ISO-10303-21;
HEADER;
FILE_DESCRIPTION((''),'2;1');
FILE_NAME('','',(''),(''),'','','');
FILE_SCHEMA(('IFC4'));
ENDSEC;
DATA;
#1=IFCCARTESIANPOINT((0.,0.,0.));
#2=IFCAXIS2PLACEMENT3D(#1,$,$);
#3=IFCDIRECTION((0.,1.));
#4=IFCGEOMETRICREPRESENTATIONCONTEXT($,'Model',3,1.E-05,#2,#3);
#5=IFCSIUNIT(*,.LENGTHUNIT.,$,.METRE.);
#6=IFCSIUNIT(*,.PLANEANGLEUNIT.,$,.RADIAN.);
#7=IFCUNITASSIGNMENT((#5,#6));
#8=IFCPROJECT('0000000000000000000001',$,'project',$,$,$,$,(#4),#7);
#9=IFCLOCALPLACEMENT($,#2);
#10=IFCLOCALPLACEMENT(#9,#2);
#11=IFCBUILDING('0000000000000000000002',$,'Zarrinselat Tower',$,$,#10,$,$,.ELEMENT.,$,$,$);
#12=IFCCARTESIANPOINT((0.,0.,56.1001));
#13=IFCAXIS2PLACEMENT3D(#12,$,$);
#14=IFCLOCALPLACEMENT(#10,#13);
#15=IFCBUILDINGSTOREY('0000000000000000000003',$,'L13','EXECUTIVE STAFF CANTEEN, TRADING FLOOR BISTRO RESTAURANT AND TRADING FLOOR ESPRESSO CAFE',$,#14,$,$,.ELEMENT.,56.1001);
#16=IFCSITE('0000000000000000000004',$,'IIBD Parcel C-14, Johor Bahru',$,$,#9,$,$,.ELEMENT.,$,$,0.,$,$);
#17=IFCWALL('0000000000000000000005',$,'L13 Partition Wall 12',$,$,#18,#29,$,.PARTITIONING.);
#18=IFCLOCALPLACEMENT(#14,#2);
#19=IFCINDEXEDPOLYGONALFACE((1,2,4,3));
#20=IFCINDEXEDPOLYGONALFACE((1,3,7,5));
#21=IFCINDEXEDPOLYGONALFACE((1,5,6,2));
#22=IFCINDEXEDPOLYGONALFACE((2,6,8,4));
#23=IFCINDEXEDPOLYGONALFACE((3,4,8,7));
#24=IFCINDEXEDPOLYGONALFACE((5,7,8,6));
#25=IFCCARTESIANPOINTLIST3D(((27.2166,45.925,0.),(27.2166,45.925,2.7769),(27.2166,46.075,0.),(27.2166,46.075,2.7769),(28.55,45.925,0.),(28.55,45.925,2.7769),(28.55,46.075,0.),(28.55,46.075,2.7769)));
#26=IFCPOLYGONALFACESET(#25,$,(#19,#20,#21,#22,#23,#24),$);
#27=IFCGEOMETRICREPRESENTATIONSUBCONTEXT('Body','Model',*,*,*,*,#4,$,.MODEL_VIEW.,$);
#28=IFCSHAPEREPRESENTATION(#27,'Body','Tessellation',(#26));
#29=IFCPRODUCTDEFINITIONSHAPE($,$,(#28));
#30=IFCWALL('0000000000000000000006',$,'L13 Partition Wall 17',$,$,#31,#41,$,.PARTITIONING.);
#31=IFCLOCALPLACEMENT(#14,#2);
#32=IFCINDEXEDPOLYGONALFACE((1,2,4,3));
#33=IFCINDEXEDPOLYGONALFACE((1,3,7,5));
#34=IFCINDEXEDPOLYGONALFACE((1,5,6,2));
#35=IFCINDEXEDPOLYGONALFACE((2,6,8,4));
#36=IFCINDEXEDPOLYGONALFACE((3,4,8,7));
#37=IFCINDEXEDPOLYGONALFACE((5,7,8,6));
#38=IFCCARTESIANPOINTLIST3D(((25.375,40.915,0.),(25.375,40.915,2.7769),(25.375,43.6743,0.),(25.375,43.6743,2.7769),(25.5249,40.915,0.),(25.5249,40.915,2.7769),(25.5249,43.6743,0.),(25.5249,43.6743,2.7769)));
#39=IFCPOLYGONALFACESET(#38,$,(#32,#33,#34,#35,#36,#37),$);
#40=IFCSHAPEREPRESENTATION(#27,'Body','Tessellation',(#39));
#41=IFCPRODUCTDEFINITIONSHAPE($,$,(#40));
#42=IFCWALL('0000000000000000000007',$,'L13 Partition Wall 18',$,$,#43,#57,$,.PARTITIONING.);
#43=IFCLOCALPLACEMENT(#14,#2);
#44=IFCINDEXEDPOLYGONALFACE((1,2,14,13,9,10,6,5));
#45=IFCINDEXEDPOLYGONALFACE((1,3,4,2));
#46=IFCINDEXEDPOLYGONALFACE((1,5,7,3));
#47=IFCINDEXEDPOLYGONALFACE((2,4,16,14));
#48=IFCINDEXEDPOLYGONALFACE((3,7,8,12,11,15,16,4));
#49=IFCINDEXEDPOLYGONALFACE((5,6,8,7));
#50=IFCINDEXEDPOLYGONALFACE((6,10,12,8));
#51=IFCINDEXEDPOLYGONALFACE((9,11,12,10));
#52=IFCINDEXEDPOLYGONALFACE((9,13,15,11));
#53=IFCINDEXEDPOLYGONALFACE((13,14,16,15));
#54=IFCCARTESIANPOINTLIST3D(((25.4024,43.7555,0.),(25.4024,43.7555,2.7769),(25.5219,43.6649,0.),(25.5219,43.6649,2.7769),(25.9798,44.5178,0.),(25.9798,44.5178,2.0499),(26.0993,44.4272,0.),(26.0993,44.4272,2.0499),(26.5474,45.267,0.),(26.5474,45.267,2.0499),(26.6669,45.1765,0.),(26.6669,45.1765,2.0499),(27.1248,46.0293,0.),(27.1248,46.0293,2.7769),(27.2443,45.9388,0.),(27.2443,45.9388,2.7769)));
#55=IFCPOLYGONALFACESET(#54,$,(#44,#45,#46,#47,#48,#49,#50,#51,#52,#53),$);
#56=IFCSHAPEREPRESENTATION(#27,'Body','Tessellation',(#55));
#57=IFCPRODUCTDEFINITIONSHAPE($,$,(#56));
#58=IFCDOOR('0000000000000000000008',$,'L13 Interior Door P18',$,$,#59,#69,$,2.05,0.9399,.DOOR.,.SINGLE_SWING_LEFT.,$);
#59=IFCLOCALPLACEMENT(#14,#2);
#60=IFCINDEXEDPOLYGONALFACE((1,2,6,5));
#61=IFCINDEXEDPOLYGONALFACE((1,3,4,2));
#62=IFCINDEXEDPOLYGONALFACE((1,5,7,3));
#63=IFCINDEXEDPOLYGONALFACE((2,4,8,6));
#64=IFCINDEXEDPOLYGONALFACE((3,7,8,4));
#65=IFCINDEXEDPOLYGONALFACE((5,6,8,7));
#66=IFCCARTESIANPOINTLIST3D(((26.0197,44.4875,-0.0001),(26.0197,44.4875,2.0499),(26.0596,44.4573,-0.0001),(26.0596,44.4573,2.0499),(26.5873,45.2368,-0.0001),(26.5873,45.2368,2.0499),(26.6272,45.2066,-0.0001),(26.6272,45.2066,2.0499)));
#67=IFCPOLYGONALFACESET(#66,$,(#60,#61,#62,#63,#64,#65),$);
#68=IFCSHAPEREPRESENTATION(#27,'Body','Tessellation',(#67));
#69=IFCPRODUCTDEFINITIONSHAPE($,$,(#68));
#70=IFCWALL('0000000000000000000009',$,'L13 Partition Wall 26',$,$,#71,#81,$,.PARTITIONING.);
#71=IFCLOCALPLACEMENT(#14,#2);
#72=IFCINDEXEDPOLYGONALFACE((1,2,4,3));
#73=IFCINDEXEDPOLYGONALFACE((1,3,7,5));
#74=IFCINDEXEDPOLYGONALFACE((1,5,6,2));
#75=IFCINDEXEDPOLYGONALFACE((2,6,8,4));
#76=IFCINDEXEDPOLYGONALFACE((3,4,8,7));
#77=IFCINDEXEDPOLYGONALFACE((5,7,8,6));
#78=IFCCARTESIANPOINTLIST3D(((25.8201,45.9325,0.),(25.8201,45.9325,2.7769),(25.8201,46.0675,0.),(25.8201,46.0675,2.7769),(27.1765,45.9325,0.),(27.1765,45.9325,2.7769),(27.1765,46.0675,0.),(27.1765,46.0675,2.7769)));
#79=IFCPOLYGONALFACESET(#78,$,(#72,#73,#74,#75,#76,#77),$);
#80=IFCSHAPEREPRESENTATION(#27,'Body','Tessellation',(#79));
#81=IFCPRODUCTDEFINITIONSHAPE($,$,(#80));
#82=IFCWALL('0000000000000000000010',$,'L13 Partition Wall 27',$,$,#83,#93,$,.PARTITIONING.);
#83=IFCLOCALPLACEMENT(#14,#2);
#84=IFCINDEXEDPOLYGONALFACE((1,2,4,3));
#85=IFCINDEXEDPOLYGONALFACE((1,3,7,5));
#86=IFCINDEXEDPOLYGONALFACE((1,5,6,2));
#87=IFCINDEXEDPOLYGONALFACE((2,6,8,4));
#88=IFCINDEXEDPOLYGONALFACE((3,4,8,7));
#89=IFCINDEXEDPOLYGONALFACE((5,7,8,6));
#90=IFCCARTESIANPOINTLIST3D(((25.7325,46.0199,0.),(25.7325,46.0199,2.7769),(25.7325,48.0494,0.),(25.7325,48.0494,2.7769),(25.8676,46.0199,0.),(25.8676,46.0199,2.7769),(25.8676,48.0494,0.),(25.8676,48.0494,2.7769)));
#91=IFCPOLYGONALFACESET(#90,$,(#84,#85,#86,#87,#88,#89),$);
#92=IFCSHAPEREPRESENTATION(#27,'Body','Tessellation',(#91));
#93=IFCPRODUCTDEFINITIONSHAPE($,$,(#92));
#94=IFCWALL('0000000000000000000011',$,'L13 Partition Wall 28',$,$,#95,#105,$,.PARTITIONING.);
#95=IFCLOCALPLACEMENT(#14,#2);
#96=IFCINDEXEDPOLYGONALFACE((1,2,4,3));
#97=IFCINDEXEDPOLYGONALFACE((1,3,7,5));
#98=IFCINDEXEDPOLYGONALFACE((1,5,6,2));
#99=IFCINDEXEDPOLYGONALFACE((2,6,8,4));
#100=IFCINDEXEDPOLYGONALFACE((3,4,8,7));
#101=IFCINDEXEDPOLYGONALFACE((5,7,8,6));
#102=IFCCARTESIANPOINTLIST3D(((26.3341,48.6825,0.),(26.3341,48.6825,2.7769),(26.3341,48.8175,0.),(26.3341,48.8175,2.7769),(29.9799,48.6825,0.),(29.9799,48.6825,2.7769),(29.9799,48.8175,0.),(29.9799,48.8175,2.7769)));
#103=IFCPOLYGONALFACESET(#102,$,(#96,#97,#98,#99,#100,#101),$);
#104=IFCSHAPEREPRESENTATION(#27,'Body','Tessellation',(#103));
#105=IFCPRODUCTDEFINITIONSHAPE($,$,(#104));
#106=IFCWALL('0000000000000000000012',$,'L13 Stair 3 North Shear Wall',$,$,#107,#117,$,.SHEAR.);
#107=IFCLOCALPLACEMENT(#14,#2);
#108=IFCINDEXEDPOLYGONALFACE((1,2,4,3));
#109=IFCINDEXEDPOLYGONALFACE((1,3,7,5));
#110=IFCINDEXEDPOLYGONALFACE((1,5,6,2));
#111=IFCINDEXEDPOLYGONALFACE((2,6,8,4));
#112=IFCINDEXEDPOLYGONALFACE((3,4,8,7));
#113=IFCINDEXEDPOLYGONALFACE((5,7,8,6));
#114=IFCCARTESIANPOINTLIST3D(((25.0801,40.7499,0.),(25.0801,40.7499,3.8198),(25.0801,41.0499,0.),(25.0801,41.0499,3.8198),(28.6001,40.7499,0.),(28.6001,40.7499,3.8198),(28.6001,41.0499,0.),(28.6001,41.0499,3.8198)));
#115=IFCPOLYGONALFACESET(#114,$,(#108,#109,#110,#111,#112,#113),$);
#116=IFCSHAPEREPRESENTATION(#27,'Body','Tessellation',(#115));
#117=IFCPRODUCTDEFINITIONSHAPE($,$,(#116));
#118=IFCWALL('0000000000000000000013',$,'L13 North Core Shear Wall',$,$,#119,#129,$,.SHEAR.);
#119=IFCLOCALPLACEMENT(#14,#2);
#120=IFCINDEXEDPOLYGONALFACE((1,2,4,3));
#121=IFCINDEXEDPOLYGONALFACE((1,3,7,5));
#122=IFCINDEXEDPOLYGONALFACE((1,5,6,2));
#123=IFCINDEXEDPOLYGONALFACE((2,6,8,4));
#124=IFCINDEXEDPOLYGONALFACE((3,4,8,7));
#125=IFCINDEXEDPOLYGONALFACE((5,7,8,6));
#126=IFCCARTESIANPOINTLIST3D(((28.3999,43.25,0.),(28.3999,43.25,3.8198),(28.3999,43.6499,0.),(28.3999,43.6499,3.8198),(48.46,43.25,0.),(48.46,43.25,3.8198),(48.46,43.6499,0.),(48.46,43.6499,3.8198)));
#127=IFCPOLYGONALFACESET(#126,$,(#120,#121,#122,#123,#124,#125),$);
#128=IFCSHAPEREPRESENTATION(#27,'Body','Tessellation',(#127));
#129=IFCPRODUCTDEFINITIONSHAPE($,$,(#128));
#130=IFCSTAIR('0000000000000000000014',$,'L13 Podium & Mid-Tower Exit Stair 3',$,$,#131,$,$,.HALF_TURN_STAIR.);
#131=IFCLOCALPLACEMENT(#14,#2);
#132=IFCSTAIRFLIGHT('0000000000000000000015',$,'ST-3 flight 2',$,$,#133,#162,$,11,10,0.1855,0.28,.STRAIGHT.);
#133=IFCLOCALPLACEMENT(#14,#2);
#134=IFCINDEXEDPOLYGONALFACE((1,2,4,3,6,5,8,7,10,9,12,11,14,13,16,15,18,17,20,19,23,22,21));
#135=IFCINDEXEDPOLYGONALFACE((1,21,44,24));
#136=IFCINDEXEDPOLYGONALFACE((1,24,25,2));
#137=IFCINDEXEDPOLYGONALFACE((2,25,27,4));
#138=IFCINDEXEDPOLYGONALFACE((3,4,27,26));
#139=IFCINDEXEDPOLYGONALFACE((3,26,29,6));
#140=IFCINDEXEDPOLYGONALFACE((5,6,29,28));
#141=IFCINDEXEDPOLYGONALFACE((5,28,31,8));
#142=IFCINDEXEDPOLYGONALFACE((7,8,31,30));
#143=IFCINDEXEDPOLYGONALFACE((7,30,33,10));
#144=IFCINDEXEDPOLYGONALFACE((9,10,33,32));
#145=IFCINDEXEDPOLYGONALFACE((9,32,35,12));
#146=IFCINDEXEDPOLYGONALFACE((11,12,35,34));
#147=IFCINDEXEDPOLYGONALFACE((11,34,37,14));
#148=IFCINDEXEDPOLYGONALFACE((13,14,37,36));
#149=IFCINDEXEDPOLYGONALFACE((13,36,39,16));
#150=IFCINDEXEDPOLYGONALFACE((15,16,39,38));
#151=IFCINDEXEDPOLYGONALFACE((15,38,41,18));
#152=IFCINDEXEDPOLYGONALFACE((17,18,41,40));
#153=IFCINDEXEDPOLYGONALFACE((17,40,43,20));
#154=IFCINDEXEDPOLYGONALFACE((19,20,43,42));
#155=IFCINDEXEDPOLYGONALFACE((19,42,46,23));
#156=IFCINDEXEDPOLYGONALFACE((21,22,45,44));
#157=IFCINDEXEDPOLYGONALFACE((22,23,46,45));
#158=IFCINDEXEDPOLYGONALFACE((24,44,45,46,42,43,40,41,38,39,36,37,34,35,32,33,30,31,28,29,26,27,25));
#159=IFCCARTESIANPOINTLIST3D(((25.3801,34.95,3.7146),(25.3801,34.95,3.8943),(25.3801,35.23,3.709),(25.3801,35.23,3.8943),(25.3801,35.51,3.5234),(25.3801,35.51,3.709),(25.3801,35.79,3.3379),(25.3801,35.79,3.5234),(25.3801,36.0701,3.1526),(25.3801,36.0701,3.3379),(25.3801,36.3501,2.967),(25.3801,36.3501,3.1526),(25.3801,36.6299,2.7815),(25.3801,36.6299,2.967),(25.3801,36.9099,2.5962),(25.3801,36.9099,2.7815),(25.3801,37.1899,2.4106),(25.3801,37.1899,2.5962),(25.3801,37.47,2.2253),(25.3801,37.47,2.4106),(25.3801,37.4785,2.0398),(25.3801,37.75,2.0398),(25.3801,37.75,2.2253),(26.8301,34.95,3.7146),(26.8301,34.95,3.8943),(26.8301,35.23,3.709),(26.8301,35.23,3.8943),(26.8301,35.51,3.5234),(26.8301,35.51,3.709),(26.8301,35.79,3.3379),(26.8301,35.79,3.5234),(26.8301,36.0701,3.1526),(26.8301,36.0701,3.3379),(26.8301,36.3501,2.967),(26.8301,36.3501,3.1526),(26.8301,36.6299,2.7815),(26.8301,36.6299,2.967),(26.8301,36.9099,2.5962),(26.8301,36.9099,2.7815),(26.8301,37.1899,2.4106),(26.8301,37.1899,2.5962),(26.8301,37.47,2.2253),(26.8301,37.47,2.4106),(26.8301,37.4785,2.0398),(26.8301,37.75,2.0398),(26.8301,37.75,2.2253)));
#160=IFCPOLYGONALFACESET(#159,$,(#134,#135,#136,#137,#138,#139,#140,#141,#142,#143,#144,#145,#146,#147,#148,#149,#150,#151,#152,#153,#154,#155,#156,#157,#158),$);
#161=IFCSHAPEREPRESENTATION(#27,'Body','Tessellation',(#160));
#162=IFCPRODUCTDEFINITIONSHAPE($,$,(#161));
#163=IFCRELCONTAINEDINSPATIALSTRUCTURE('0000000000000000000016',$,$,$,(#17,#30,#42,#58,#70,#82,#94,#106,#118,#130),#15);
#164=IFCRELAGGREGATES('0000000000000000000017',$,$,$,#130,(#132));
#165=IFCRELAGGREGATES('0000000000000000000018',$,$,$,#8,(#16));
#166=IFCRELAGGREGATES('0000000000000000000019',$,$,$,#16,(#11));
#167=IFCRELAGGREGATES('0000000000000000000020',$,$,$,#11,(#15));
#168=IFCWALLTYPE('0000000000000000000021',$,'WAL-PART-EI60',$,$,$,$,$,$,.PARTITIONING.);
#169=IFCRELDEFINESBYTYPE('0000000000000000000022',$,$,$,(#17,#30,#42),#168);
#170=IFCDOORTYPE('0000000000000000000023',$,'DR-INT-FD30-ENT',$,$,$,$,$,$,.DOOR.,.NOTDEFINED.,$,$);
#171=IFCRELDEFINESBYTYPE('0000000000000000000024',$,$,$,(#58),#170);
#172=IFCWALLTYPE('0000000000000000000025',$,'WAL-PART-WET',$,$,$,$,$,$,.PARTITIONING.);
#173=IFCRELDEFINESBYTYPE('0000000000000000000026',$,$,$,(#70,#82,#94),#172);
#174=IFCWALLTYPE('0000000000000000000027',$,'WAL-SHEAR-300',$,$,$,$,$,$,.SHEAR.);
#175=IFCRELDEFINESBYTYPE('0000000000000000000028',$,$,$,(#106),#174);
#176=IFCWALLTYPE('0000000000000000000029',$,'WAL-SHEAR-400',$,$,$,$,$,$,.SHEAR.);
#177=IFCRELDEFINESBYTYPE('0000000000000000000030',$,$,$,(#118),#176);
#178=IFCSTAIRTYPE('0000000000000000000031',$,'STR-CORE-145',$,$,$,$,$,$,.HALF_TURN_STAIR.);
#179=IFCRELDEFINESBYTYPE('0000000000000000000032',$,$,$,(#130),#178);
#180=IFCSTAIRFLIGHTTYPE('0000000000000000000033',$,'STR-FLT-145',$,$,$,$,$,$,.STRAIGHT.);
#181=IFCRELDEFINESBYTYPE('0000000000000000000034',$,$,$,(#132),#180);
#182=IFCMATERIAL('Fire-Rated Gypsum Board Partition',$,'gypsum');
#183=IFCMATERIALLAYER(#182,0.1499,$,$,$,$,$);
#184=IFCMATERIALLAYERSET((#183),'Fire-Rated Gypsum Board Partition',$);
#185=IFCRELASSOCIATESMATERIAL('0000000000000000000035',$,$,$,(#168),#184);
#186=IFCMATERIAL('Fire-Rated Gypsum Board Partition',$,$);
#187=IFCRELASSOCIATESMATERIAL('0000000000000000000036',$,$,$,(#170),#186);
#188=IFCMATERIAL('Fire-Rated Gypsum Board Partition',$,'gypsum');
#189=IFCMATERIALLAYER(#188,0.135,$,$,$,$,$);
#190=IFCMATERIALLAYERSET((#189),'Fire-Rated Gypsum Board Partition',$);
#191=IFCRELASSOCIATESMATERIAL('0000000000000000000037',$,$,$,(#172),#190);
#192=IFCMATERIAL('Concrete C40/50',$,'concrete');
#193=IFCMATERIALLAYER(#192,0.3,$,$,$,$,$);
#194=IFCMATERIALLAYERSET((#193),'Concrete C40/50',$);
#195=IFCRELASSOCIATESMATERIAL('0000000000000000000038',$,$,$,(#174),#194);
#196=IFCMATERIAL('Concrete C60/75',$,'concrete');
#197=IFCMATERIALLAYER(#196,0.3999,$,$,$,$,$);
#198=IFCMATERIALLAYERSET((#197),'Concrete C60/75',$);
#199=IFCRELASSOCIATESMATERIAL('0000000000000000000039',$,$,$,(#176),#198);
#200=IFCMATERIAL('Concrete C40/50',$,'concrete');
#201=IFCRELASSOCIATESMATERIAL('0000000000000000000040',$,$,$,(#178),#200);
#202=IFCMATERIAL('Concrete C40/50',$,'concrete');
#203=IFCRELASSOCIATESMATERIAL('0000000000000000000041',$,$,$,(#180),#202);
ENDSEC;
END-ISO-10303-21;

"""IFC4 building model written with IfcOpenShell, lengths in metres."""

from ifc_helpers import new_model, si_unit, direction, frame, frame_2d, origin, place, context, subcontext, project, spatial, polyline, rectangle, outline, extrude, material, layer, layer_set, type_object, element, fill, aggregate, save


model = new_model("IFC4")

# Units and contexts
model_context = context("Model", 3, precision=1e-05, world=origin(), true_north=direction((0.0, 1.0)))
body_context = subcontext(model_context, "Body", "Model", "MODEL_VIEW")
ifc_project = project(units=[si_unit("LENGTHUNIT", "METRE"), si_unit("PLANEANGLEUNIT", "RADIAN")], contexts=[model_context])

# Site, building, storey
site_placement = place(None, origin())
site = spatial("IfcSite", under=ifc_project, at=site_placement, Name="IIBD Parcel C-14, Johor Bahru", CompositionType="ELEMENT", RefElevation=0.0)
building_placement = place(site_placement, origin())
building = spatial("IfcBuilding", under=site, at=building_placement, Name="Zarrinselat Tower", CompositionType="ELEMENT")
storey_placement = place(building_placement, frame((0.0, 0.0, 56.1001)))
storey = spatial("IfcBuildingStorey", under=building, at=storey_placement, Name="L13", Description="EXECUTIVE STAFF CANTEEN, TRADING FLOOR BISTRO RESTAURANT AND TRADING FLOOR ESPRESSO CAFE", CompositionType="ELEMENT", Elevation=56.1001)

# Walls
ifc_material_1 = material(Name="Fire-Rated Gypsum Board Partition", Category="gypsum")
ifc_layer_1 = layer(ifc_material_1, 0.1499)
ifc_layer_set_1 = layer_set([ifc_layer_1], Name="Fire-Rated Gypsum Board Partition")
wall_type_1 = type_object("IfcWallType", Name="WAL-PART-EI60", PredefinedType="PARTITIONING", material=ifc_layer_set_1)
wall_1_placement = place(storey_placement, frame((27.2166, 46.0, 0.0), z_axis=(0.0, 0.0, 1.0), x_axis=(1.0, 0.0, 0.0)))
element("IfcWall", 1, at=wall_1_placement, inside=storey, type_object=wall_type_1, Name="L13 Partition Wall 12", PredefinedType="PARTITIONING", context=body_context, shape_type="SweptSolid", body=[
    extrude(rectangle(XDim=1.3335, YDim=0.1499, at=frame_2d((0.6667, 0.0))), origin(), (0.0, 0.0, 1.0), 2.7769),
])
wall_2_placement = place(storey_placement, frame((25.45, 40.915, 0.0), z_axis=(0.0, 0.0, 1.0), x_axis=(0.0, 1.0, 0.0)))
element("IfcWall", 2, at=wall_2_placement, inside=storey, type_object=wall_type_1, Name="L13 Partition Wall 17", PredefinedType="PARTITIONING", context=body_context, shape_type="SweptSolid", body=[
    extrude(rectangle(XDim=2.7593, YDim=0.1499, at=frame_2d((1.3796, 0.0))), origin(), (0.0, 0.0, 1.0), 2.7769),
])

# Wall, opening, door
wall_3_placement = place(storey_placement, frame((25.4622, 43.7102, 0.0), z_axis=(0.0, 0.0, 1.0), x_axis=(0.6038, 0.797136, 0.0)))
wall_3 = element("IfcWall", 3, at=wall_3_placement, inside=storey, type_object=wall_type_1, Name="L13 Partition Wall 18", PredefinedType="PARTITIONING", context=body_context, shape_type="SweptSolid", body=[
    extrude(rectangle(XDim=2.8525, YDim=0.1499, at=frame_2d((1.4263, 0.0))), origin(), (0.0, 0.0, 1.0), 2.7769),
])
opening_placement = place(wall_3_placement, frame((0.9563, 0.0, 0.0)))
opening = element("IfcOpeningElement", 4, at=opening_placement, cuts=wall_3, PredefinedType="OPENING", context=body_context, shape_type="SweptSolid", body=[
    extrude(rectangle(XDim=0.9399, YDim=2.05, at=frame_2d((0.47, 1.0249))), frame((0.0, 0.085, 0.0), z_axis=(0.0, -1.0, 0.0), x_axis=(1.0, 0.0, 0.0)), (0.0, 0.0, 1.0), 0.1699),
])
ifc_material_2 = material(Name="Fire-Rated Gypsum Board Partition")
door_type = type_object("IfcDoorType", Name="DR-INT-FD30-ENT", OperationType="NOTDEFINED", PredefinedType="DOOR", material=ifc_material_2)
door_placement = place(opening_placement, origin())
door = element("IfcDoor", 5, at=door_placement, inside=storey, type_object=door_type, Name="L13 Interior Door P18", OperationType="SINGLE_SWING_LEFT", OverallHeight=2.05, OverallWidth=0.9399, PredefinedType="DOOR", context=body_context, shape_type="SweptSolid", body=[
    extrude(rectangle(XDim=0.9399, YDim=2.05, at=frame_2d((0.47, 1.0249))), frame((0.0, 0.0249, 0.0), z_axis=(0.0, -1.0, 0.0), x_axis=(1.0, 0.0, 0.0)), (0.0, 0.0, 1.0), 0.05),
])
fill(opening, door)

# Walls
ifc_material_3 = material(Name="Fire-Rated Gypsum Board Partition", Category="gypsum")
ifc_layer_2 = layer(ifc_material_3, 0.135)
ifc_layer_set_2 = layer_set([ifc_layer_2], Name="Fire-Rated Gypsum Board Partition")
wall_type_2 = type_object("IfcWallType", Name="WAL-PART-WET", PredefinedType="PARTITIONING", material=ifc_layer_set_2)
wall_4_placement = place(storey_placement, frame((25.8201, 46.0, 0.0), z_axis=(0.0, 0.0, 1.0), x_axis=(1.0, 0.0, 0.0)))
element("IfcWall", 6, at=wall_4_placement, inside=storey, type_object=wall_type_2, Name="L13 Partition Wall 26", PredefinedType="PARTITIONING", context=body_context, shape_type="SweptSolid", body=[
    extrude(rectangle(XDim=1.3564, YDim=0.135, at=frame_2d((0.6782, 0.0))), origin(), (0.0, 0.0, 1.0), 2.7769),
])
wall_5_placement = place(storey_placement, frame((25.8, 46.02, 0.0), z_axis=(0.0, 0.0, 1.0), x_axis=(0.0, 1.0, 0.0)))
element("IfcWall", 7, at=wall_5_placement, inside=storey, type_object=wall_type_2, Name="L13 Partition Wall 27", PredefinedType="PARTITIONING", context=body_context, shape_type="SweptSolid", body=[
    extrude(rectangle(XDim=2.0295, YDim=0.135, at=frame_2d((1.0146, 0.0))), origin(), (0.0, 0.0, 1.0), 2.7769),
])
wall_6_placement = place(storey_placement, frame((26.3342, 48.75, 0.0), z_axis=(0.0, 0.0, 1.0), x_axis=(1.0, 0.0, 0.0)))
element("IfcWall", 8, at=wall_6_placement, inside=storey, type_object=wall_type_2, Name="L13 Partition Wall 28", PredefinedType="PARTITIONING", context=body_context, shape_type="SweptSolid", body=[
    extrude(rectangle(XDim=3.6458, YDim=0.135, at=frame_2d((1.8228, 0.0))), origin(), (0.0, 0.0, 1.0), 2.7769),
])
ifc_material_4 = material(Name="Concrete C40/50", Category="concrete")
ifc_layer_3 = layer(ifc_material_4, 0.3)
ifc_layer_set_3 = layer_set([ifc_layer_3], Name="Concrete C40/50")
wall_type_3 = type_object("IfcWallType", Name="WAL-SHEAR-300", PredefinedType="SHEAR", material=ifc_layer_set_3)
wall_7_placement = place(storey_placement, frame((25.0801, 40.8999, 0.0), z_axis=(0.0, 0.0, 1.0), x_axis=(1.0, 0.0, 0.0)))
element("IfcWall", 9, at=wall_7_placement, inside=storey, type_object=wall_type_3, Name="L13 Stair 3 North Shear Wall", PredefinedType="SHEAR", context=body_context, shape_type="SweptSolid", body=[
    extrude(rectangle(XDim=3.52, YDim=0.3, at=frame_2d((1.76, 0.0))), origin(), (0.0, 0.0, 1.0), 3.8198),
])
ifc_material_5 = material(Name="Concrete C60/75", Category="concrete")
ifc_layer_4 = layer(ifc_material_5, 0.3999)
ifc_layer_set_4 = layer_set([ifc_layer_4], Name="Concrete C60/75")
wall_type_4 = type_object("IfcWallType", Name="WAL-SHEAR-400", PredefinedType="SHEAR", material=ifc_layer_set_4)
wall_8_placement = place(storey_placement, frame((28.3999, 43.45, 0.0), z_axis=(0.0, 0.0, 1.0), x_axis=(1.0, 0.0, 0.0)))
element("IfcWall", 10, at=wall_8_placement, inside=storey, type_object=wall_type_4, Name="L13 North Core Shear Wall", PredefinedType="SHEAR", context=body_context, shape_type="SweptSolid", body=[
    extrude(rectangle(XDim=20.0601, YDim=0.3999, at=frame_2d((10.03, 0.0))), origin(), (0.0, 0.0, 1.0), 3.8198),
])

# Stair, stair flight
ifc_material_6 = material(Name="Concrete C40/50", Category="concrete")
stair_type = type_object("IfcStairType", Name="STR-CORE-145", PredefinedType="HALF_TURN_STAIR", material=ifc_material_6)
stair_placement = place(storey_placement, origin())
stair = element("IfcStair", 11, at=stair_placement, inside=storey, type_object=stair_type, Name="L13 Podium & Mid-Tower Exit Stair 3", PredefinedType="HALF_TURN_STAIR")
ifc_material_7 = material(Name="Concrete C40/50", Category="concrete")
stair_flight_type = type_object("IfcStairFlightType", Name="STR-FLT-145", PredefinedType="STRAIGHT", material=ifc_material_7)
stair_flight_placement = place(storey_placement, frame((26.105, 37.75, 2.0398), z_axis=(0.0, 0.0, 1.0), x_axis=(0.0, -1.0, 0.0)))
stair_flight = element("IfcStairFlight", 12, at=stair_flight_placement, type_object=stair_flight_type, Name="ST-3 flight 2", NumberOfRisers=11, NumberOfTreads=10, PredefinedType="STRAIGHT", RiserHeight=0.1855, TreadLength=0.28, context=body_context, shape_type="SweptSolid", body=[
    extrude(outline(polyline([(0.0, 0.0), (0.0, 0.1855), (0.28, 0.1855), (0.28, 0.3708), (0.5601, 0.3708), (0.5601, 0.5564), (0.8401, 0.5564), (0.8401, 0.7417), (1.1201, 0.7417), (1.1201, 0.9272), (1.3999, 0.9272), (1.3999, 1.1128), (1.6799, 1.1128), (1.6799, 1.2981), (1.96, 1.2981), (1.96, 1.4836), (2.24, 1.4836), (2.24, 1.6692), (2.52, 1.6692), (2.52, 1.8545), (2.8, 1.8545), (2.8, 2.04), (2.8, 1.6748), (0.2715, 0.0), (0.0, 0.0)])), frame((0.0, 0.7251, 0.0), z_axis=(0.0, -1.0, 0.0), x_axis=(1.0, 0.0, 0.0)), (0.0, 0.0, 1.0), 1.45),
])
aggregate(stair, [stair_flight])

save(model, "model.ifc")
